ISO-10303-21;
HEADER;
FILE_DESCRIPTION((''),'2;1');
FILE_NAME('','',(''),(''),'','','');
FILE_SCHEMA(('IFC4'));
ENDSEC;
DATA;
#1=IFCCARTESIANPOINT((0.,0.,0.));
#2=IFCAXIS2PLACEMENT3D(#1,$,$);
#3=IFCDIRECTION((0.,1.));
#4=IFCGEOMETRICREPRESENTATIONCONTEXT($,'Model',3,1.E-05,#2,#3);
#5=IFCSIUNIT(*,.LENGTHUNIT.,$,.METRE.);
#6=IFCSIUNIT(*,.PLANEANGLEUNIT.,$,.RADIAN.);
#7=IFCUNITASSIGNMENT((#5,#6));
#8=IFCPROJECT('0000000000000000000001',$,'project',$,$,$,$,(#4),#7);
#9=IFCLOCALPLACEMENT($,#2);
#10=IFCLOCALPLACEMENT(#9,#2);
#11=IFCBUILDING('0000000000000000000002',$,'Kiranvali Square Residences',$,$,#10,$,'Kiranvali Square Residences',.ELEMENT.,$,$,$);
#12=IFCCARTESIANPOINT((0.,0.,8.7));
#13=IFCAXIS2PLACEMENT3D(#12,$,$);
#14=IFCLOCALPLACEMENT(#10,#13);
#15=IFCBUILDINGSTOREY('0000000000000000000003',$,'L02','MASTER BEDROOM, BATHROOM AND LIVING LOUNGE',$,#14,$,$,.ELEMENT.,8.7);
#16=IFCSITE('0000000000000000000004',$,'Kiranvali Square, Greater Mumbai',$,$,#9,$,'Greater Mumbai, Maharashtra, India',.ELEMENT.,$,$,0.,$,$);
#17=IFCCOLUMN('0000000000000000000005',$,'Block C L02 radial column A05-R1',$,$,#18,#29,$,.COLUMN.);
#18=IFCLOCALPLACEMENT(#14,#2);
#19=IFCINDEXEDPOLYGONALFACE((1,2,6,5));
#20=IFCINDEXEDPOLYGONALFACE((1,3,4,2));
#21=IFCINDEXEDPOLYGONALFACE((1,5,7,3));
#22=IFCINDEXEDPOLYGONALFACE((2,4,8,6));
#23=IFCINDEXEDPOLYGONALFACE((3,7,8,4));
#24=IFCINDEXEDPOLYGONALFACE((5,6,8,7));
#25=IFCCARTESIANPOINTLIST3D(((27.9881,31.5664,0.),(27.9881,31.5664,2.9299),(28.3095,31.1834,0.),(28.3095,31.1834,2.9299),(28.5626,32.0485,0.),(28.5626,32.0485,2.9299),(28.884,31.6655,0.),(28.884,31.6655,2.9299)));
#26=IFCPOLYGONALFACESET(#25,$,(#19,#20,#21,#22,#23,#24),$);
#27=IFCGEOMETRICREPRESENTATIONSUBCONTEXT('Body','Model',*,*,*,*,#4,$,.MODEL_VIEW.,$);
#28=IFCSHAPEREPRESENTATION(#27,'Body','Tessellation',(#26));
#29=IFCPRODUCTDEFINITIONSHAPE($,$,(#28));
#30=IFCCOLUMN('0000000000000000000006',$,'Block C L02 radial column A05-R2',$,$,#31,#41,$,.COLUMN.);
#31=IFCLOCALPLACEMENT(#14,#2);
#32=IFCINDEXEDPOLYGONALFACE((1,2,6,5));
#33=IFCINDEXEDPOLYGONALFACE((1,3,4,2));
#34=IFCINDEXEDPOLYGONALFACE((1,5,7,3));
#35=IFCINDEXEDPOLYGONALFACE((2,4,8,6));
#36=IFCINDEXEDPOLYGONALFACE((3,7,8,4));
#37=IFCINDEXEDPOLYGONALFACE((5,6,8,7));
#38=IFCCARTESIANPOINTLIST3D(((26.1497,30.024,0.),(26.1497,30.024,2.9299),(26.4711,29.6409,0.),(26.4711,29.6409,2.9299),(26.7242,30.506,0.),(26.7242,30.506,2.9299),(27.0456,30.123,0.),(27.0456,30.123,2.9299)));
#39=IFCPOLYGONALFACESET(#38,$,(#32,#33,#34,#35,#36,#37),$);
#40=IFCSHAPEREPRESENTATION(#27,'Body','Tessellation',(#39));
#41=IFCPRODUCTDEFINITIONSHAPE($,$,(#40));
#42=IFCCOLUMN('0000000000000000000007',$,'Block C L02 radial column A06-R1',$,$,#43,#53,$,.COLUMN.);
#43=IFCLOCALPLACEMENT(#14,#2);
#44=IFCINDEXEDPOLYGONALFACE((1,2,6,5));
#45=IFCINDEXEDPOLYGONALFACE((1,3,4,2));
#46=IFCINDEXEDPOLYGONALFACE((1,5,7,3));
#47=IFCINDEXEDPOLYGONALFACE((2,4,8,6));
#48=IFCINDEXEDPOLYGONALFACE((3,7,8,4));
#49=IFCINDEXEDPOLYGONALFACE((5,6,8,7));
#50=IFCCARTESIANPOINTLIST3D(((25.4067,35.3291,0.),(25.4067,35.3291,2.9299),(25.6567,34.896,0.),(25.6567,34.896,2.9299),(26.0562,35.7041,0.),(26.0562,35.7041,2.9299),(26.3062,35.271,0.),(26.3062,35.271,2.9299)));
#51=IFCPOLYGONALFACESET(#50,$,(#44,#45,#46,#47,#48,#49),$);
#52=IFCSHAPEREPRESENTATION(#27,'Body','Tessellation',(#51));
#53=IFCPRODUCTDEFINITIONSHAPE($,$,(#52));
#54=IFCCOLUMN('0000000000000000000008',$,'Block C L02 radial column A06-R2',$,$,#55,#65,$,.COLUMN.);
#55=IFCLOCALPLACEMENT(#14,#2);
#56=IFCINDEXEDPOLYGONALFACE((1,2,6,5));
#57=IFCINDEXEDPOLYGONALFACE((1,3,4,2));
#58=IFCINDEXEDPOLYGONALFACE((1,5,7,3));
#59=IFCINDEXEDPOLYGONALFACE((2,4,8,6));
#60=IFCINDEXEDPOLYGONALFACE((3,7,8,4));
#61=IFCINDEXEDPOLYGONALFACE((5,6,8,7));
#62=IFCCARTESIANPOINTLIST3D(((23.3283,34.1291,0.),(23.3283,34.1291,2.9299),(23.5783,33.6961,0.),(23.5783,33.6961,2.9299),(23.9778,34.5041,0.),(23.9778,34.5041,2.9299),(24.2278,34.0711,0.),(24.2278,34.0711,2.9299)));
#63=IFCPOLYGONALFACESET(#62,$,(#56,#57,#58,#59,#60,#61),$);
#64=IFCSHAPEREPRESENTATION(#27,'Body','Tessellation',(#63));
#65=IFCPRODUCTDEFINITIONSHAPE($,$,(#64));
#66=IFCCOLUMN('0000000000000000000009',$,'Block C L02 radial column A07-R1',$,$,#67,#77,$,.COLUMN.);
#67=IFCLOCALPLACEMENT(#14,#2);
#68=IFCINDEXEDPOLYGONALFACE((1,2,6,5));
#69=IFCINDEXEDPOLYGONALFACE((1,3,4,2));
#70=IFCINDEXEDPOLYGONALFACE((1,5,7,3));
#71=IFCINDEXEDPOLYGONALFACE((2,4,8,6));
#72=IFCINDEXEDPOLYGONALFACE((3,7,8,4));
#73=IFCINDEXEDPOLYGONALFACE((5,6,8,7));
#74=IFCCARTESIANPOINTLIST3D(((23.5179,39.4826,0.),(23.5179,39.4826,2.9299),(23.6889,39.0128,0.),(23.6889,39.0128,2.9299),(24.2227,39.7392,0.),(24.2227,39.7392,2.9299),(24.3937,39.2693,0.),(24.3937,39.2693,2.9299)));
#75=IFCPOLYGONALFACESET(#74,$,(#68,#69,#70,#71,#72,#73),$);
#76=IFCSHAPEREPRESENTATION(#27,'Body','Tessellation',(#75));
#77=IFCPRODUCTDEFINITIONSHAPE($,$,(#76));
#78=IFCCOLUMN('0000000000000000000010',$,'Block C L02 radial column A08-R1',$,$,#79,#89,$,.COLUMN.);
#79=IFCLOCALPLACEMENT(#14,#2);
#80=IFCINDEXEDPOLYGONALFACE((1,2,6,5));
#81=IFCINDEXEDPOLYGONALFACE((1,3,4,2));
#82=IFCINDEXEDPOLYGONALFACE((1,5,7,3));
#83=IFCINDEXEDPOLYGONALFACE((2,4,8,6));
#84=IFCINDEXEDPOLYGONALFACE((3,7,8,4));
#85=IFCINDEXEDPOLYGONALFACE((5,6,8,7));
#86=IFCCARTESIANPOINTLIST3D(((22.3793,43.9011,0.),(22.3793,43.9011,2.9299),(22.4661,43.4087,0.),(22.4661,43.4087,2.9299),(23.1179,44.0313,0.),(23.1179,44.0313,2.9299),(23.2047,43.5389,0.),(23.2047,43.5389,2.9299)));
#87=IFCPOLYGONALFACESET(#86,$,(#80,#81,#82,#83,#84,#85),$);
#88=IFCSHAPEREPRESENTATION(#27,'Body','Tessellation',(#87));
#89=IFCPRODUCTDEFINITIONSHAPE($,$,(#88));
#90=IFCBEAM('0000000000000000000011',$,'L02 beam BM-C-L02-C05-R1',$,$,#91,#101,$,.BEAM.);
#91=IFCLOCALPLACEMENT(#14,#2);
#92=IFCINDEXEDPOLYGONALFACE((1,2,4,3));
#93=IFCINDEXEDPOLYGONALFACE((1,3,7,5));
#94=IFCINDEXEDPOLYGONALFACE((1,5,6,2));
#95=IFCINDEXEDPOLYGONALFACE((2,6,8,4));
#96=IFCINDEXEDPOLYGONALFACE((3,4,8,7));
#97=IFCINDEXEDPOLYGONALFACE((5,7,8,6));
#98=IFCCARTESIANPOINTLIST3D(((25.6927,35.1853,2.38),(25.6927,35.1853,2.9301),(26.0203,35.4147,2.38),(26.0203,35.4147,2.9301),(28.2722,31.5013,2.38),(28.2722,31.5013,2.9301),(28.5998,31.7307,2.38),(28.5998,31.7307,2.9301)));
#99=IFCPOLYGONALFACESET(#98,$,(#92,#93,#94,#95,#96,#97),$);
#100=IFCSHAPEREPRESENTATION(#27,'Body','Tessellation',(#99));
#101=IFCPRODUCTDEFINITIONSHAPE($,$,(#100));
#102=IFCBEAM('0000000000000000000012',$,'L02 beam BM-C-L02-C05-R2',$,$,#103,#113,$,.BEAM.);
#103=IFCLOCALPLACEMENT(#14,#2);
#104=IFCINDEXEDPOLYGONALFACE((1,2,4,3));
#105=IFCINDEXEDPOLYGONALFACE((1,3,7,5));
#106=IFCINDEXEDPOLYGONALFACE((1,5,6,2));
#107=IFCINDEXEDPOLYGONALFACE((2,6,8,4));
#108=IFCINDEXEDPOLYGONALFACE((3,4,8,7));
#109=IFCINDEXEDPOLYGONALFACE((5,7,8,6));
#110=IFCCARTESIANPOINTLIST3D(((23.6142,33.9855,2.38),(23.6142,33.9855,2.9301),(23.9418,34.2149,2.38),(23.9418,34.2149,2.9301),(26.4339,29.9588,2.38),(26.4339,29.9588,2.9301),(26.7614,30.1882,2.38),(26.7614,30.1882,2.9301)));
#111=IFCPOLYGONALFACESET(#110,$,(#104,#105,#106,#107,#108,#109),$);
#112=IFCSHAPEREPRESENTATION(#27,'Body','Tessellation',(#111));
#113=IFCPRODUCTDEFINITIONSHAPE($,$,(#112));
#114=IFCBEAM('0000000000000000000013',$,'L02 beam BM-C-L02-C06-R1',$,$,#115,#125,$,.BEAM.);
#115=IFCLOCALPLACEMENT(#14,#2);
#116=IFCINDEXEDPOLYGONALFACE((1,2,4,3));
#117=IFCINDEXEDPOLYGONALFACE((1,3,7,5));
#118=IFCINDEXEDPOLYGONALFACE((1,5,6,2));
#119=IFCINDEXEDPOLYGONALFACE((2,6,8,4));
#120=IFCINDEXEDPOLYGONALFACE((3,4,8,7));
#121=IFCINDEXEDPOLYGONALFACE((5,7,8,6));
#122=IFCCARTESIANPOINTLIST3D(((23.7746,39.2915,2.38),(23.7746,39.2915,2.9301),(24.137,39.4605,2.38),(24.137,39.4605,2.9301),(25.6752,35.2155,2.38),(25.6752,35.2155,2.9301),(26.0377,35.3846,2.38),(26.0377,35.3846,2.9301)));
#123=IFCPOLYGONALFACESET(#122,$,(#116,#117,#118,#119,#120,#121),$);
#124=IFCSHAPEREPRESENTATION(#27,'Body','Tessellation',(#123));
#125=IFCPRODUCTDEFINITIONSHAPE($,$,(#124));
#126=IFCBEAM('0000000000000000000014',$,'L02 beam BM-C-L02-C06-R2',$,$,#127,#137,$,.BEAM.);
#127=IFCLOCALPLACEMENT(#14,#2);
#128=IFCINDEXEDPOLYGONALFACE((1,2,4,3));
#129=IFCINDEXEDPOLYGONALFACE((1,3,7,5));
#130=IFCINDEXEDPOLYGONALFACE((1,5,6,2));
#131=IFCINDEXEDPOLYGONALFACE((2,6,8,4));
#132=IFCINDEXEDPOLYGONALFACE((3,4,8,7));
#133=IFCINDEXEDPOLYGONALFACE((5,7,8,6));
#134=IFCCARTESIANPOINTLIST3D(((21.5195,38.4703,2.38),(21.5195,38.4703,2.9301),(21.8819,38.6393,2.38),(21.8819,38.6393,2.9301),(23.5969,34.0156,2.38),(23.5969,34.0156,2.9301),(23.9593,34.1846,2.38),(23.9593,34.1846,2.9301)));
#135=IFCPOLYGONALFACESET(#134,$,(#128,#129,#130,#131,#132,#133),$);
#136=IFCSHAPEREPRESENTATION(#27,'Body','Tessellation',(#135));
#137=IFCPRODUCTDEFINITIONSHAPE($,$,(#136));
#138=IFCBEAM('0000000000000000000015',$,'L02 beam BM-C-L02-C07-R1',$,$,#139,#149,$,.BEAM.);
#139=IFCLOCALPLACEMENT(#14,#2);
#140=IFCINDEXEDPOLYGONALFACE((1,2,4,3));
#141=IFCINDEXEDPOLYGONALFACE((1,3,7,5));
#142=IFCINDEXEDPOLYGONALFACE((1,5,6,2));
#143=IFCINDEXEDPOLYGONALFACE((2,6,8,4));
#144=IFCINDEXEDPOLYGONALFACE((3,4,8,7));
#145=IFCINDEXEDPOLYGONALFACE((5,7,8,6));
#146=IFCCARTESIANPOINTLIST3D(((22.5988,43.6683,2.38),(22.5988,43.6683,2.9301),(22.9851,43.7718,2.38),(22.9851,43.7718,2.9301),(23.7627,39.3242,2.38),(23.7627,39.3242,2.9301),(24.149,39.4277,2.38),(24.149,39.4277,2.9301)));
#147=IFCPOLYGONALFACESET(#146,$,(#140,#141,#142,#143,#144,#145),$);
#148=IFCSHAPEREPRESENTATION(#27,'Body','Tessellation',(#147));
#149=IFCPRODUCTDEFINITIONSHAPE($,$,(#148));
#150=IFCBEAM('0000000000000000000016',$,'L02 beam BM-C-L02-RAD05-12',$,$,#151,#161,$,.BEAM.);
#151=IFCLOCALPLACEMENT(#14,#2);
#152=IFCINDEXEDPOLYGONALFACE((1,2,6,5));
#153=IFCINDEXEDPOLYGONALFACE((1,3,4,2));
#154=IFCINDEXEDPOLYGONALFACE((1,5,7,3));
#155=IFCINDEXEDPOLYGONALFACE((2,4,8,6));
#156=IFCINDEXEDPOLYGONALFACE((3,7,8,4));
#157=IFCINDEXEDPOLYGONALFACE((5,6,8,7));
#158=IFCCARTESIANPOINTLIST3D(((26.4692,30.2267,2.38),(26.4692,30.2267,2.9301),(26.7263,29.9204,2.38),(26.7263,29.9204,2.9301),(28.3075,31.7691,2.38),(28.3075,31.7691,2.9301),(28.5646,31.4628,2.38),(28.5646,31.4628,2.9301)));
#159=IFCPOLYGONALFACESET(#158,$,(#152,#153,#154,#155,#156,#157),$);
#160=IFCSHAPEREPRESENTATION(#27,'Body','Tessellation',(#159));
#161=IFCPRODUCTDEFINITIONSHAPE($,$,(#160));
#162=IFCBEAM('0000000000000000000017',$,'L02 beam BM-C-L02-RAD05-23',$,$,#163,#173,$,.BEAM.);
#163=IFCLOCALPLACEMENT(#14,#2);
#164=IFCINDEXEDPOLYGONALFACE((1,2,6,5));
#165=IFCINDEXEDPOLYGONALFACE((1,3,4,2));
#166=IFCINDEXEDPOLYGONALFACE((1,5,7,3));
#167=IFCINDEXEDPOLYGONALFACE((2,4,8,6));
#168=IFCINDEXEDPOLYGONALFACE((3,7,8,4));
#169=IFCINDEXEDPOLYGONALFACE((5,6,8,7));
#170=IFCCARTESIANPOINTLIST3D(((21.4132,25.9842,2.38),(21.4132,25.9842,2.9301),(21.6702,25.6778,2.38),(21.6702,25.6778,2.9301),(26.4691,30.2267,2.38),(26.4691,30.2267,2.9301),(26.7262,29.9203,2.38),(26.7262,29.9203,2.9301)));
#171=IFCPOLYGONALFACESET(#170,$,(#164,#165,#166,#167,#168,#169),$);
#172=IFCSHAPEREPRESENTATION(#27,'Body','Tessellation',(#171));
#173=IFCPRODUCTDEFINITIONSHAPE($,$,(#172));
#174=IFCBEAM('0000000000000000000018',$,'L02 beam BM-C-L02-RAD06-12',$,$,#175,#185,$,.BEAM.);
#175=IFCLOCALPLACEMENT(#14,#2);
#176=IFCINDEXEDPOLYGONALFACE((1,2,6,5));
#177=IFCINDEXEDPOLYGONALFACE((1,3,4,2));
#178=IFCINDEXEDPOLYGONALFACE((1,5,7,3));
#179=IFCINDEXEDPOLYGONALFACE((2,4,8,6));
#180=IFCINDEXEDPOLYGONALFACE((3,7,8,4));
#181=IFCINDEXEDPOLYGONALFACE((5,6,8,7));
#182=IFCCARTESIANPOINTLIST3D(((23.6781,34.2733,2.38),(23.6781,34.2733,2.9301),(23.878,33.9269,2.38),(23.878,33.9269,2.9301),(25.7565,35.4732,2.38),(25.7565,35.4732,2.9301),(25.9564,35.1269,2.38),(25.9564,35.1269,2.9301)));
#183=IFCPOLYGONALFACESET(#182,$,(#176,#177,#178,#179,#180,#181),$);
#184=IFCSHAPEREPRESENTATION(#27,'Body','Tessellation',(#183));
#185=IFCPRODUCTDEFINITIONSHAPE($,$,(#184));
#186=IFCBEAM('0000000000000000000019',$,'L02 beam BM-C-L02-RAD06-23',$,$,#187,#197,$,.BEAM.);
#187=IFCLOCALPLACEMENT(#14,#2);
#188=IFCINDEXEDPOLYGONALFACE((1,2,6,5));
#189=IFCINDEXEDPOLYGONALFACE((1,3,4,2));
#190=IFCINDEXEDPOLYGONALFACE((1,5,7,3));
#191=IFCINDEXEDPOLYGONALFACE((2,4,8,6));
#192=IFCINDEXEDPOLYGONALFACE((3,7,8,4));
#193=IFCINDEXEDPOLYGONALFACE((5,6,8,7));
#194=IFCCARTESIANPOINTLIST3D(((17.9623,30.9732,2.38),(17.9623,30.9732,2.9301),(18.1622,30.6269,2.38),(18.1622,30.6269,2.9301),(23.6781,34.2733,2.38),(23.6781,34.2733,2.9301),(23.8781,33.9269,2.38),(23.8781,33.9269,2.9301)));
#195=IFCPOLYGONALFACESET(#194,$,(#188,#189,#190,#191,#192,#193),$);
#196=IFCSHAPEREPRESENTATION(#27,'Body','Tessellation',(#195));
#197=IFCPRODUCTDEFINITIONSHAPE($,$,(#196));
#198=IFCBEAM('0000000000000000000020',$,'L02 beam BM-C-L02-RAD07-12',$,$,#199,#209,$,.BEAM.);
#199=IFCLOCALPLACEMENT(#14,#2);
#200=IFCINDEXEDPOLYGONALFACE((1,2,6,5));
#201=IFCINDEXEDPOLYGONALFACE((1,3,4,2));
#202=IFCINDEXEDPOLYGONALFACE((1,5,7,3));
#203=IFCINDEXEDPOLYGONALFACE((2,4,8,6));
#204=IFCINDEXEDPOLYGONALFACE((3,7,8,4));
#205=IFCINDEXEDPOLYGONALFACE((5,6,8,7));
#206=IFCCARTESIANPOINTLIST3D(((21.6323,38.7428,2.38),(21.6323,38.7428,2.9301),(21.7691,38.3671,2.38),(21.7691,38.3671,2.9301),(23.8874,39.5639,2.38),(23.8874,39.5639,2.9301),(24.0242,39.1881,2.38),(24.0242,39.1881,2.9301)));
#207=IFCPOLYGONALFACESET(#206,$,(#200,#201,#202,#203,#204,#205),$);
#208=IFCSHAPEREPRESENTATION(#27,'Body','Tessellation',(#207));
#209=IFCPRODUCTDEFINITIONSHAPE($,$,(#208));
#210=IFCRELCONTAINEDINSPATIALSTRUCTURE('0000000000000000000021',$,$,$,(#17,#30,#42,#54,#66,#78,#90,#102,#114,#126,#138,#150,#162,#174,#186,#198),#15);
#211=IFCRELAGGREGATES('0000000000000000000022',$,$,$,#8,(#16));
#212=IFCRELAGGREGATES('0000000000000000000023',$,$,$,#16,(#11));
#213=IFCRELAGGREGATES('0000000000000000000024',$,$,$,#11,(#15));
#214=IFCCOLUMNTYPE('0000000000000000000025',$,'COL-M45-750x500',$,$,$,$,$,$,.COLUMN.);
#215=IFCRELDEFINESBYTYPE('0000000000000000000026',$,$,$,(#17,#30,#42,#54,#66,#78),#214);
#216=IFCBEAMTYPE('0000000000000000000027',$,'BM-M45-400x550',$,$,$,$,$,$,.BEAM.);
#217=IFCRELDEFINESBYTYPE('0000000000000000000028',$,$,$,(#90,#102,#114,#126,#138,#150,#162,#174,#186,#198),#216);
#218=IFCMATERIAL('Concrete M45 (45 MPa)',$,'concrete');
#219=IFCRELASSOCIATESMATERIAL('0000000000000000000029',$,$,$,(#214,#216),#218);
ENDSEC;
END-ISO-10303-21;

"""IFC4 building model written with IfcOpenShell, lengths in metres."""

from ifc_helpers import new_model, si_unit, direction, frame, origin, origin_2d, place, context, subcontext, project, spatial, rectangle, extrude, material, material_profile, profile_set, type_object, element, save


model = new_model("IFC4")

# Units and contexts
model_context = context("Model", 3, precision=1e-05, world=origin(), true_north=direction((0.0, 1.0)))
body_context = subcontext(model_context, "Body", "Model", "MODEL_VIEW")
ifc_project = project(units=[si_unit("LENGTHUNIT", "METRE"), si_unit("PLANEANGLEUNIT", "RADIAN")], contexts=[model_context])

# Site, building, storey
site_placement = place(None, origin())
site = spatial("IfcSite", under=ifc_project, at=site_placement, Name="Kiranvali Square, Greater Mumbai", LongName="Greater Mumbai, Maharashtra, India", CompositionType="ELEMENT", RefElevation=0.0)
building_placement = place(site_placement, origin())
building = spatial("IfcBuilding", under=site, at=building_placement, Name="Kiranvali Square Residences", LongName="Kiranvali Square Residences", CompositionType="ELEMENT")
storey_placement = place(building_placement, frame((0.0, 0.0, 8.7)))
storey = spatial("IfcBuildingStorey", under=building, at=storey_placement, Name="L02", Description="MASTER BEDROOM, BATHROOM AND LIVING LOUNGE", CompositionType="ELEMENT", Elevation=8.7)

# Columns
ifc_material_1 = material(Name="Concrete M45 (45 MPa)", Category="concrete")
ifc_material_profile_1 = material_profile(ifc_material_1, rectangle(XDim=0.5, YDim=0.75, at=origin_2d()), Name="RC 750x500")
ifc_profile_set_1 = profile_set([ifc_material_profile_1], Name="Concrete M45 (45 MPa)")
column_type = type_object("IfcColumnType", Name="COL-M45-750x500", PredefinedType="COLUMN", material=ifc_profile_set_1)
for number, where, z_axis, x_axis, name in (
    (1, (28.436, 31.616, 0.0), (0.0, 0.0, 1.0), (-0.642788, 0.766044, 0.0), "Block C L02 radial column A05-R1"),
    (2, (26.5977, 30.0735, 0.0), (0.0, 0.0, 1.0), (-0.642788, 0.766044, 0.0), "Block C L02 radial column A05-R2"),
    (3, (25.8564, 35.3, 0.0), (0.0, 0.0, 1.0), (-0.5, 0.866025, 0.0), "Block C L02 radial column A06-R1"),
    (4, (23.7781, 34.1001, 0.0), (0.0, 0.0, 1.0), (-0.5, 0.866025, 0.0), "Block C L02 radial column A06-R2"),
    (5, (23.9558, 39.376, 0.0), (0.0, 0.0, 1.0), (-0.34202, 0.939693, 0.0), "Block C L02 radial column A07-R1"),
    (6, (22.792, 43.72, 0.0), (0.0, 0.0, 1.0), (-0.173648, 0.984808, 0.0), "Block C L02 radial column A08-R1"),
):
    element("IfcColumn", number, at=place(storey_placement, frame(where, z_axis=z_axis, x_axis=x_axis)), inside=storey, type_object=column_type, Name=name, PredefinedType="COLUMN", context=body_context, shape_type="SweptSolid", body=[
        extrude(rectangle(XDim=0.5, YDim=0.75, at=origin_2d()), origin(), (0.0, 0.0, 1.0), 2.9299),
    ])

# Beams
ifc_material_profile_2 = material_profile(ifc_material_1, rectangle(XDim=0.3999, YDim=0.55, at=origin_2d()), Name="RC 400x550")
ifc_profile_set_2 = profile_set([ifc_material_profile_2], Name="Concrete M45 (45 MPa)")
beam_type = type_object("IfcBeamType", Name="BM-M45-400x550", PredefinedType="BEAM", material=ifc_profile_set_2)
beam_1_placement = place(storey_placement, frame((28.436, 31.616, 2.655), z_axis=(-0.573572, 0.819155, 0.0), x_axis=(-0.819155, -0.573572, 0.0)))
element("IfcBeam", 7, at=beam_1_placement, inside=storey, type_object=beam_type, Name="L02 beam BM-C-L02-C05-R1", PredefinedType="BEAM", context=body_context, shape_type="SweptSolid", body=[
    extrude(rectangle(XDim=0.3999, YDim=0.55, at=origin_2d()), origin(), (0.0, 0.0, 1.0), 4.4973),
])
beam_2_placement = place(storey_placement, frame((26.5977, 30.0735, 2.655), z_axis=(-0.573592, 0.819141, 0.0), x_axis=(-0.819141, -0.573592, 0.0)))
element("IfcBeam", 8, at=beam_2_placement, inside=storey, type_object=beam_type, Name="L02 beam BM-C-L02-C05-R2", PredefinedType="BEAM", context=body_context, shape_type="SweptSolid", body=[
    extrude(rectangle(XDim=0.3999, YDim=0.55, at=origin_2d()), origin(), (0.0, 0.0, 1.0), 4.9158),
])
beam_3_placement = place(storey_placement, frame((25.8564, 35.3, 2.655), z_axis=(-0.422618, 0.906308, 0.0), x_axis=(-0.906308, -0.422618, 0.0)))
element("IfcBeam", 9, at=beam_3_placement, inside=storey, type_object=beam_type, Name="L02 beam BM-C-L02-C06-R1", PredefinedType="BEAM", context=body_context, shape_type="SweptSolid", body=[
    extrude(rectangle(XDim=0.3999, YDim=0.55, at=origin_2d()), origin(), (0.0, 0.0, 1.0), 4.4973),
])
beam_4_placement = place(storey_placement, frame((23.7781, 34.1001, 2.655), z_axis=(-0.42263, 0.906302, 0.0), x_axis=(-0.906302, -0.42263, 0.0)))
element("IfcBeam", 10, at=beam_4_placement, inside=storey, type_object=beam_type, Name="L02 beam BM-C-L02-C06-R2", PredefinedType="BEAM", context=body_context, shape_type="SweptSolid", body=[
    extrude(rectangle(XDim=0.3999, YDim=0.55, at=origin_2d()), origin(), (0.0, 0.0, 1.0), 4.9153),
])
beam_5_placement = place(storey_placement, frame((23.9558, 39.376, 2.655), z_axis=(-0.258788, 0.965934, 0.0), x_axis=(-0.965934, -0.258788, 0.0)))
element("IfcBeam", 11, at=beam_5_placement, inside=storey, type_object=beam_type, Name="L02 beam BM-C-L02-C07-R1", PredefinedType="BEAM", context=body_context, shape_type="SweptSolid", body=[
    extrude(rectangle(XDim=0.3999, YDim=0.55, at=origin_2d()), origin(), (0.0, 0.0, 1.0), 4.4973),
])
beam_6_placement = place(storey_placement, frame((28.436, 31.616, 2.655), z_axis=(-0.766065, -0.642763, 0.0), x_axis=(0.642763, -0.766065, 0.0)))
element("IfcBeam", 12, at=beam_6_placement, inside=storey, type_object=beam_type, Name="L02 beam BM-C-L02-RAD05-12", PredefinedType="BEAM", context=body_context, shape_type="SweptSolid", body=[
    extrude(rectangle(XDim=0.3999, YDim=0.55, at=origin_2d()), origin(), (0.0, 0.0, 1.0), 2.3997),
])
beam_7_placement = place(storey_placement, frame((26.5977, 30.0735, 2.655), z_axis=(-0.766043, -0.642789, 0.0), x_axis=(0.642789, -0.766043, 0.0)))
element("IfcBeam", 13, at=beam_7_placement, inside=storey, type_object=beam_type, Name="L02 beam BM-C-L02-RAD05-23", PredefinedType="BEAM", context=body_context, shape_type="SweptSolid", body=[
    extrude(rectangle(XDim=0.3999, YDim=0.55, at=origin_2d()), origin(), (0.0, 0.0, 1.0), 6.6001),
])
beam_8_placement = place(storey_placement, frame((25.8564, 35.3, 2.655), z_axis=(-0.866025, -0.500001, 0.0), x_axis=(0.500001, -0.866025, 0.0)))
element("IfcBeam", 14, at=beam_8_placement, inside=storey, type_object=beam_type, Name="L02 beam BM-C-L02-RAD06-12", PredefinedType="BEAM", context=body_context, shape_type="SweptSolid", body=[
    extrude(rectangle(XDim=0.3999, YDim=0.55, at=origin_2d()), origin(), (0.0, 0.0, 1.0), 2.3999),
])
beam_9_placement = place(storey_placement, frame((23.7781, 34.1001, 2.655), z_axis=(-0.866024, -0.500002, 0.0), x_axis=(0.500002, -0.866024, 0.0)))
element("IfcBeam", 15, at=beam_9_placement, inside=storey, type_object=beam_type, Name="L02 beam BM-C-L02-RAD06-23", PredefinedType="BEAM", context=body_context, shape_type="SweptSolid", body=[
    extrude(rectangle(XDim=0.3999, YDim=0.55, at=origin_2d()), origin(), (0.0, 0.0, 1.0), 6.6001),
])
beam_10_placement = place(storey_placement, frame((23.9558, 39.376, 2.655), z_axis=(-0.93966, -0.342111, 0.0), x_axis=(0.342111, -0.93966, 0.0)))
element("IfcBeam", 16, at=beam_10_placement, inside=storey, type_object=beam_type, Name="L02 beam BM-C-L02-RAD07-12", PredefinedType="BEAM", context=body_context, shape_type="SweptSolid", body=[
    extrude(rectangle(XDim=0.3999, YDim=0.55, at=origin_2d()), origin(), (0.0, 0.0, 1.0), 2.3999),
])

save(model, "model.ifc")
